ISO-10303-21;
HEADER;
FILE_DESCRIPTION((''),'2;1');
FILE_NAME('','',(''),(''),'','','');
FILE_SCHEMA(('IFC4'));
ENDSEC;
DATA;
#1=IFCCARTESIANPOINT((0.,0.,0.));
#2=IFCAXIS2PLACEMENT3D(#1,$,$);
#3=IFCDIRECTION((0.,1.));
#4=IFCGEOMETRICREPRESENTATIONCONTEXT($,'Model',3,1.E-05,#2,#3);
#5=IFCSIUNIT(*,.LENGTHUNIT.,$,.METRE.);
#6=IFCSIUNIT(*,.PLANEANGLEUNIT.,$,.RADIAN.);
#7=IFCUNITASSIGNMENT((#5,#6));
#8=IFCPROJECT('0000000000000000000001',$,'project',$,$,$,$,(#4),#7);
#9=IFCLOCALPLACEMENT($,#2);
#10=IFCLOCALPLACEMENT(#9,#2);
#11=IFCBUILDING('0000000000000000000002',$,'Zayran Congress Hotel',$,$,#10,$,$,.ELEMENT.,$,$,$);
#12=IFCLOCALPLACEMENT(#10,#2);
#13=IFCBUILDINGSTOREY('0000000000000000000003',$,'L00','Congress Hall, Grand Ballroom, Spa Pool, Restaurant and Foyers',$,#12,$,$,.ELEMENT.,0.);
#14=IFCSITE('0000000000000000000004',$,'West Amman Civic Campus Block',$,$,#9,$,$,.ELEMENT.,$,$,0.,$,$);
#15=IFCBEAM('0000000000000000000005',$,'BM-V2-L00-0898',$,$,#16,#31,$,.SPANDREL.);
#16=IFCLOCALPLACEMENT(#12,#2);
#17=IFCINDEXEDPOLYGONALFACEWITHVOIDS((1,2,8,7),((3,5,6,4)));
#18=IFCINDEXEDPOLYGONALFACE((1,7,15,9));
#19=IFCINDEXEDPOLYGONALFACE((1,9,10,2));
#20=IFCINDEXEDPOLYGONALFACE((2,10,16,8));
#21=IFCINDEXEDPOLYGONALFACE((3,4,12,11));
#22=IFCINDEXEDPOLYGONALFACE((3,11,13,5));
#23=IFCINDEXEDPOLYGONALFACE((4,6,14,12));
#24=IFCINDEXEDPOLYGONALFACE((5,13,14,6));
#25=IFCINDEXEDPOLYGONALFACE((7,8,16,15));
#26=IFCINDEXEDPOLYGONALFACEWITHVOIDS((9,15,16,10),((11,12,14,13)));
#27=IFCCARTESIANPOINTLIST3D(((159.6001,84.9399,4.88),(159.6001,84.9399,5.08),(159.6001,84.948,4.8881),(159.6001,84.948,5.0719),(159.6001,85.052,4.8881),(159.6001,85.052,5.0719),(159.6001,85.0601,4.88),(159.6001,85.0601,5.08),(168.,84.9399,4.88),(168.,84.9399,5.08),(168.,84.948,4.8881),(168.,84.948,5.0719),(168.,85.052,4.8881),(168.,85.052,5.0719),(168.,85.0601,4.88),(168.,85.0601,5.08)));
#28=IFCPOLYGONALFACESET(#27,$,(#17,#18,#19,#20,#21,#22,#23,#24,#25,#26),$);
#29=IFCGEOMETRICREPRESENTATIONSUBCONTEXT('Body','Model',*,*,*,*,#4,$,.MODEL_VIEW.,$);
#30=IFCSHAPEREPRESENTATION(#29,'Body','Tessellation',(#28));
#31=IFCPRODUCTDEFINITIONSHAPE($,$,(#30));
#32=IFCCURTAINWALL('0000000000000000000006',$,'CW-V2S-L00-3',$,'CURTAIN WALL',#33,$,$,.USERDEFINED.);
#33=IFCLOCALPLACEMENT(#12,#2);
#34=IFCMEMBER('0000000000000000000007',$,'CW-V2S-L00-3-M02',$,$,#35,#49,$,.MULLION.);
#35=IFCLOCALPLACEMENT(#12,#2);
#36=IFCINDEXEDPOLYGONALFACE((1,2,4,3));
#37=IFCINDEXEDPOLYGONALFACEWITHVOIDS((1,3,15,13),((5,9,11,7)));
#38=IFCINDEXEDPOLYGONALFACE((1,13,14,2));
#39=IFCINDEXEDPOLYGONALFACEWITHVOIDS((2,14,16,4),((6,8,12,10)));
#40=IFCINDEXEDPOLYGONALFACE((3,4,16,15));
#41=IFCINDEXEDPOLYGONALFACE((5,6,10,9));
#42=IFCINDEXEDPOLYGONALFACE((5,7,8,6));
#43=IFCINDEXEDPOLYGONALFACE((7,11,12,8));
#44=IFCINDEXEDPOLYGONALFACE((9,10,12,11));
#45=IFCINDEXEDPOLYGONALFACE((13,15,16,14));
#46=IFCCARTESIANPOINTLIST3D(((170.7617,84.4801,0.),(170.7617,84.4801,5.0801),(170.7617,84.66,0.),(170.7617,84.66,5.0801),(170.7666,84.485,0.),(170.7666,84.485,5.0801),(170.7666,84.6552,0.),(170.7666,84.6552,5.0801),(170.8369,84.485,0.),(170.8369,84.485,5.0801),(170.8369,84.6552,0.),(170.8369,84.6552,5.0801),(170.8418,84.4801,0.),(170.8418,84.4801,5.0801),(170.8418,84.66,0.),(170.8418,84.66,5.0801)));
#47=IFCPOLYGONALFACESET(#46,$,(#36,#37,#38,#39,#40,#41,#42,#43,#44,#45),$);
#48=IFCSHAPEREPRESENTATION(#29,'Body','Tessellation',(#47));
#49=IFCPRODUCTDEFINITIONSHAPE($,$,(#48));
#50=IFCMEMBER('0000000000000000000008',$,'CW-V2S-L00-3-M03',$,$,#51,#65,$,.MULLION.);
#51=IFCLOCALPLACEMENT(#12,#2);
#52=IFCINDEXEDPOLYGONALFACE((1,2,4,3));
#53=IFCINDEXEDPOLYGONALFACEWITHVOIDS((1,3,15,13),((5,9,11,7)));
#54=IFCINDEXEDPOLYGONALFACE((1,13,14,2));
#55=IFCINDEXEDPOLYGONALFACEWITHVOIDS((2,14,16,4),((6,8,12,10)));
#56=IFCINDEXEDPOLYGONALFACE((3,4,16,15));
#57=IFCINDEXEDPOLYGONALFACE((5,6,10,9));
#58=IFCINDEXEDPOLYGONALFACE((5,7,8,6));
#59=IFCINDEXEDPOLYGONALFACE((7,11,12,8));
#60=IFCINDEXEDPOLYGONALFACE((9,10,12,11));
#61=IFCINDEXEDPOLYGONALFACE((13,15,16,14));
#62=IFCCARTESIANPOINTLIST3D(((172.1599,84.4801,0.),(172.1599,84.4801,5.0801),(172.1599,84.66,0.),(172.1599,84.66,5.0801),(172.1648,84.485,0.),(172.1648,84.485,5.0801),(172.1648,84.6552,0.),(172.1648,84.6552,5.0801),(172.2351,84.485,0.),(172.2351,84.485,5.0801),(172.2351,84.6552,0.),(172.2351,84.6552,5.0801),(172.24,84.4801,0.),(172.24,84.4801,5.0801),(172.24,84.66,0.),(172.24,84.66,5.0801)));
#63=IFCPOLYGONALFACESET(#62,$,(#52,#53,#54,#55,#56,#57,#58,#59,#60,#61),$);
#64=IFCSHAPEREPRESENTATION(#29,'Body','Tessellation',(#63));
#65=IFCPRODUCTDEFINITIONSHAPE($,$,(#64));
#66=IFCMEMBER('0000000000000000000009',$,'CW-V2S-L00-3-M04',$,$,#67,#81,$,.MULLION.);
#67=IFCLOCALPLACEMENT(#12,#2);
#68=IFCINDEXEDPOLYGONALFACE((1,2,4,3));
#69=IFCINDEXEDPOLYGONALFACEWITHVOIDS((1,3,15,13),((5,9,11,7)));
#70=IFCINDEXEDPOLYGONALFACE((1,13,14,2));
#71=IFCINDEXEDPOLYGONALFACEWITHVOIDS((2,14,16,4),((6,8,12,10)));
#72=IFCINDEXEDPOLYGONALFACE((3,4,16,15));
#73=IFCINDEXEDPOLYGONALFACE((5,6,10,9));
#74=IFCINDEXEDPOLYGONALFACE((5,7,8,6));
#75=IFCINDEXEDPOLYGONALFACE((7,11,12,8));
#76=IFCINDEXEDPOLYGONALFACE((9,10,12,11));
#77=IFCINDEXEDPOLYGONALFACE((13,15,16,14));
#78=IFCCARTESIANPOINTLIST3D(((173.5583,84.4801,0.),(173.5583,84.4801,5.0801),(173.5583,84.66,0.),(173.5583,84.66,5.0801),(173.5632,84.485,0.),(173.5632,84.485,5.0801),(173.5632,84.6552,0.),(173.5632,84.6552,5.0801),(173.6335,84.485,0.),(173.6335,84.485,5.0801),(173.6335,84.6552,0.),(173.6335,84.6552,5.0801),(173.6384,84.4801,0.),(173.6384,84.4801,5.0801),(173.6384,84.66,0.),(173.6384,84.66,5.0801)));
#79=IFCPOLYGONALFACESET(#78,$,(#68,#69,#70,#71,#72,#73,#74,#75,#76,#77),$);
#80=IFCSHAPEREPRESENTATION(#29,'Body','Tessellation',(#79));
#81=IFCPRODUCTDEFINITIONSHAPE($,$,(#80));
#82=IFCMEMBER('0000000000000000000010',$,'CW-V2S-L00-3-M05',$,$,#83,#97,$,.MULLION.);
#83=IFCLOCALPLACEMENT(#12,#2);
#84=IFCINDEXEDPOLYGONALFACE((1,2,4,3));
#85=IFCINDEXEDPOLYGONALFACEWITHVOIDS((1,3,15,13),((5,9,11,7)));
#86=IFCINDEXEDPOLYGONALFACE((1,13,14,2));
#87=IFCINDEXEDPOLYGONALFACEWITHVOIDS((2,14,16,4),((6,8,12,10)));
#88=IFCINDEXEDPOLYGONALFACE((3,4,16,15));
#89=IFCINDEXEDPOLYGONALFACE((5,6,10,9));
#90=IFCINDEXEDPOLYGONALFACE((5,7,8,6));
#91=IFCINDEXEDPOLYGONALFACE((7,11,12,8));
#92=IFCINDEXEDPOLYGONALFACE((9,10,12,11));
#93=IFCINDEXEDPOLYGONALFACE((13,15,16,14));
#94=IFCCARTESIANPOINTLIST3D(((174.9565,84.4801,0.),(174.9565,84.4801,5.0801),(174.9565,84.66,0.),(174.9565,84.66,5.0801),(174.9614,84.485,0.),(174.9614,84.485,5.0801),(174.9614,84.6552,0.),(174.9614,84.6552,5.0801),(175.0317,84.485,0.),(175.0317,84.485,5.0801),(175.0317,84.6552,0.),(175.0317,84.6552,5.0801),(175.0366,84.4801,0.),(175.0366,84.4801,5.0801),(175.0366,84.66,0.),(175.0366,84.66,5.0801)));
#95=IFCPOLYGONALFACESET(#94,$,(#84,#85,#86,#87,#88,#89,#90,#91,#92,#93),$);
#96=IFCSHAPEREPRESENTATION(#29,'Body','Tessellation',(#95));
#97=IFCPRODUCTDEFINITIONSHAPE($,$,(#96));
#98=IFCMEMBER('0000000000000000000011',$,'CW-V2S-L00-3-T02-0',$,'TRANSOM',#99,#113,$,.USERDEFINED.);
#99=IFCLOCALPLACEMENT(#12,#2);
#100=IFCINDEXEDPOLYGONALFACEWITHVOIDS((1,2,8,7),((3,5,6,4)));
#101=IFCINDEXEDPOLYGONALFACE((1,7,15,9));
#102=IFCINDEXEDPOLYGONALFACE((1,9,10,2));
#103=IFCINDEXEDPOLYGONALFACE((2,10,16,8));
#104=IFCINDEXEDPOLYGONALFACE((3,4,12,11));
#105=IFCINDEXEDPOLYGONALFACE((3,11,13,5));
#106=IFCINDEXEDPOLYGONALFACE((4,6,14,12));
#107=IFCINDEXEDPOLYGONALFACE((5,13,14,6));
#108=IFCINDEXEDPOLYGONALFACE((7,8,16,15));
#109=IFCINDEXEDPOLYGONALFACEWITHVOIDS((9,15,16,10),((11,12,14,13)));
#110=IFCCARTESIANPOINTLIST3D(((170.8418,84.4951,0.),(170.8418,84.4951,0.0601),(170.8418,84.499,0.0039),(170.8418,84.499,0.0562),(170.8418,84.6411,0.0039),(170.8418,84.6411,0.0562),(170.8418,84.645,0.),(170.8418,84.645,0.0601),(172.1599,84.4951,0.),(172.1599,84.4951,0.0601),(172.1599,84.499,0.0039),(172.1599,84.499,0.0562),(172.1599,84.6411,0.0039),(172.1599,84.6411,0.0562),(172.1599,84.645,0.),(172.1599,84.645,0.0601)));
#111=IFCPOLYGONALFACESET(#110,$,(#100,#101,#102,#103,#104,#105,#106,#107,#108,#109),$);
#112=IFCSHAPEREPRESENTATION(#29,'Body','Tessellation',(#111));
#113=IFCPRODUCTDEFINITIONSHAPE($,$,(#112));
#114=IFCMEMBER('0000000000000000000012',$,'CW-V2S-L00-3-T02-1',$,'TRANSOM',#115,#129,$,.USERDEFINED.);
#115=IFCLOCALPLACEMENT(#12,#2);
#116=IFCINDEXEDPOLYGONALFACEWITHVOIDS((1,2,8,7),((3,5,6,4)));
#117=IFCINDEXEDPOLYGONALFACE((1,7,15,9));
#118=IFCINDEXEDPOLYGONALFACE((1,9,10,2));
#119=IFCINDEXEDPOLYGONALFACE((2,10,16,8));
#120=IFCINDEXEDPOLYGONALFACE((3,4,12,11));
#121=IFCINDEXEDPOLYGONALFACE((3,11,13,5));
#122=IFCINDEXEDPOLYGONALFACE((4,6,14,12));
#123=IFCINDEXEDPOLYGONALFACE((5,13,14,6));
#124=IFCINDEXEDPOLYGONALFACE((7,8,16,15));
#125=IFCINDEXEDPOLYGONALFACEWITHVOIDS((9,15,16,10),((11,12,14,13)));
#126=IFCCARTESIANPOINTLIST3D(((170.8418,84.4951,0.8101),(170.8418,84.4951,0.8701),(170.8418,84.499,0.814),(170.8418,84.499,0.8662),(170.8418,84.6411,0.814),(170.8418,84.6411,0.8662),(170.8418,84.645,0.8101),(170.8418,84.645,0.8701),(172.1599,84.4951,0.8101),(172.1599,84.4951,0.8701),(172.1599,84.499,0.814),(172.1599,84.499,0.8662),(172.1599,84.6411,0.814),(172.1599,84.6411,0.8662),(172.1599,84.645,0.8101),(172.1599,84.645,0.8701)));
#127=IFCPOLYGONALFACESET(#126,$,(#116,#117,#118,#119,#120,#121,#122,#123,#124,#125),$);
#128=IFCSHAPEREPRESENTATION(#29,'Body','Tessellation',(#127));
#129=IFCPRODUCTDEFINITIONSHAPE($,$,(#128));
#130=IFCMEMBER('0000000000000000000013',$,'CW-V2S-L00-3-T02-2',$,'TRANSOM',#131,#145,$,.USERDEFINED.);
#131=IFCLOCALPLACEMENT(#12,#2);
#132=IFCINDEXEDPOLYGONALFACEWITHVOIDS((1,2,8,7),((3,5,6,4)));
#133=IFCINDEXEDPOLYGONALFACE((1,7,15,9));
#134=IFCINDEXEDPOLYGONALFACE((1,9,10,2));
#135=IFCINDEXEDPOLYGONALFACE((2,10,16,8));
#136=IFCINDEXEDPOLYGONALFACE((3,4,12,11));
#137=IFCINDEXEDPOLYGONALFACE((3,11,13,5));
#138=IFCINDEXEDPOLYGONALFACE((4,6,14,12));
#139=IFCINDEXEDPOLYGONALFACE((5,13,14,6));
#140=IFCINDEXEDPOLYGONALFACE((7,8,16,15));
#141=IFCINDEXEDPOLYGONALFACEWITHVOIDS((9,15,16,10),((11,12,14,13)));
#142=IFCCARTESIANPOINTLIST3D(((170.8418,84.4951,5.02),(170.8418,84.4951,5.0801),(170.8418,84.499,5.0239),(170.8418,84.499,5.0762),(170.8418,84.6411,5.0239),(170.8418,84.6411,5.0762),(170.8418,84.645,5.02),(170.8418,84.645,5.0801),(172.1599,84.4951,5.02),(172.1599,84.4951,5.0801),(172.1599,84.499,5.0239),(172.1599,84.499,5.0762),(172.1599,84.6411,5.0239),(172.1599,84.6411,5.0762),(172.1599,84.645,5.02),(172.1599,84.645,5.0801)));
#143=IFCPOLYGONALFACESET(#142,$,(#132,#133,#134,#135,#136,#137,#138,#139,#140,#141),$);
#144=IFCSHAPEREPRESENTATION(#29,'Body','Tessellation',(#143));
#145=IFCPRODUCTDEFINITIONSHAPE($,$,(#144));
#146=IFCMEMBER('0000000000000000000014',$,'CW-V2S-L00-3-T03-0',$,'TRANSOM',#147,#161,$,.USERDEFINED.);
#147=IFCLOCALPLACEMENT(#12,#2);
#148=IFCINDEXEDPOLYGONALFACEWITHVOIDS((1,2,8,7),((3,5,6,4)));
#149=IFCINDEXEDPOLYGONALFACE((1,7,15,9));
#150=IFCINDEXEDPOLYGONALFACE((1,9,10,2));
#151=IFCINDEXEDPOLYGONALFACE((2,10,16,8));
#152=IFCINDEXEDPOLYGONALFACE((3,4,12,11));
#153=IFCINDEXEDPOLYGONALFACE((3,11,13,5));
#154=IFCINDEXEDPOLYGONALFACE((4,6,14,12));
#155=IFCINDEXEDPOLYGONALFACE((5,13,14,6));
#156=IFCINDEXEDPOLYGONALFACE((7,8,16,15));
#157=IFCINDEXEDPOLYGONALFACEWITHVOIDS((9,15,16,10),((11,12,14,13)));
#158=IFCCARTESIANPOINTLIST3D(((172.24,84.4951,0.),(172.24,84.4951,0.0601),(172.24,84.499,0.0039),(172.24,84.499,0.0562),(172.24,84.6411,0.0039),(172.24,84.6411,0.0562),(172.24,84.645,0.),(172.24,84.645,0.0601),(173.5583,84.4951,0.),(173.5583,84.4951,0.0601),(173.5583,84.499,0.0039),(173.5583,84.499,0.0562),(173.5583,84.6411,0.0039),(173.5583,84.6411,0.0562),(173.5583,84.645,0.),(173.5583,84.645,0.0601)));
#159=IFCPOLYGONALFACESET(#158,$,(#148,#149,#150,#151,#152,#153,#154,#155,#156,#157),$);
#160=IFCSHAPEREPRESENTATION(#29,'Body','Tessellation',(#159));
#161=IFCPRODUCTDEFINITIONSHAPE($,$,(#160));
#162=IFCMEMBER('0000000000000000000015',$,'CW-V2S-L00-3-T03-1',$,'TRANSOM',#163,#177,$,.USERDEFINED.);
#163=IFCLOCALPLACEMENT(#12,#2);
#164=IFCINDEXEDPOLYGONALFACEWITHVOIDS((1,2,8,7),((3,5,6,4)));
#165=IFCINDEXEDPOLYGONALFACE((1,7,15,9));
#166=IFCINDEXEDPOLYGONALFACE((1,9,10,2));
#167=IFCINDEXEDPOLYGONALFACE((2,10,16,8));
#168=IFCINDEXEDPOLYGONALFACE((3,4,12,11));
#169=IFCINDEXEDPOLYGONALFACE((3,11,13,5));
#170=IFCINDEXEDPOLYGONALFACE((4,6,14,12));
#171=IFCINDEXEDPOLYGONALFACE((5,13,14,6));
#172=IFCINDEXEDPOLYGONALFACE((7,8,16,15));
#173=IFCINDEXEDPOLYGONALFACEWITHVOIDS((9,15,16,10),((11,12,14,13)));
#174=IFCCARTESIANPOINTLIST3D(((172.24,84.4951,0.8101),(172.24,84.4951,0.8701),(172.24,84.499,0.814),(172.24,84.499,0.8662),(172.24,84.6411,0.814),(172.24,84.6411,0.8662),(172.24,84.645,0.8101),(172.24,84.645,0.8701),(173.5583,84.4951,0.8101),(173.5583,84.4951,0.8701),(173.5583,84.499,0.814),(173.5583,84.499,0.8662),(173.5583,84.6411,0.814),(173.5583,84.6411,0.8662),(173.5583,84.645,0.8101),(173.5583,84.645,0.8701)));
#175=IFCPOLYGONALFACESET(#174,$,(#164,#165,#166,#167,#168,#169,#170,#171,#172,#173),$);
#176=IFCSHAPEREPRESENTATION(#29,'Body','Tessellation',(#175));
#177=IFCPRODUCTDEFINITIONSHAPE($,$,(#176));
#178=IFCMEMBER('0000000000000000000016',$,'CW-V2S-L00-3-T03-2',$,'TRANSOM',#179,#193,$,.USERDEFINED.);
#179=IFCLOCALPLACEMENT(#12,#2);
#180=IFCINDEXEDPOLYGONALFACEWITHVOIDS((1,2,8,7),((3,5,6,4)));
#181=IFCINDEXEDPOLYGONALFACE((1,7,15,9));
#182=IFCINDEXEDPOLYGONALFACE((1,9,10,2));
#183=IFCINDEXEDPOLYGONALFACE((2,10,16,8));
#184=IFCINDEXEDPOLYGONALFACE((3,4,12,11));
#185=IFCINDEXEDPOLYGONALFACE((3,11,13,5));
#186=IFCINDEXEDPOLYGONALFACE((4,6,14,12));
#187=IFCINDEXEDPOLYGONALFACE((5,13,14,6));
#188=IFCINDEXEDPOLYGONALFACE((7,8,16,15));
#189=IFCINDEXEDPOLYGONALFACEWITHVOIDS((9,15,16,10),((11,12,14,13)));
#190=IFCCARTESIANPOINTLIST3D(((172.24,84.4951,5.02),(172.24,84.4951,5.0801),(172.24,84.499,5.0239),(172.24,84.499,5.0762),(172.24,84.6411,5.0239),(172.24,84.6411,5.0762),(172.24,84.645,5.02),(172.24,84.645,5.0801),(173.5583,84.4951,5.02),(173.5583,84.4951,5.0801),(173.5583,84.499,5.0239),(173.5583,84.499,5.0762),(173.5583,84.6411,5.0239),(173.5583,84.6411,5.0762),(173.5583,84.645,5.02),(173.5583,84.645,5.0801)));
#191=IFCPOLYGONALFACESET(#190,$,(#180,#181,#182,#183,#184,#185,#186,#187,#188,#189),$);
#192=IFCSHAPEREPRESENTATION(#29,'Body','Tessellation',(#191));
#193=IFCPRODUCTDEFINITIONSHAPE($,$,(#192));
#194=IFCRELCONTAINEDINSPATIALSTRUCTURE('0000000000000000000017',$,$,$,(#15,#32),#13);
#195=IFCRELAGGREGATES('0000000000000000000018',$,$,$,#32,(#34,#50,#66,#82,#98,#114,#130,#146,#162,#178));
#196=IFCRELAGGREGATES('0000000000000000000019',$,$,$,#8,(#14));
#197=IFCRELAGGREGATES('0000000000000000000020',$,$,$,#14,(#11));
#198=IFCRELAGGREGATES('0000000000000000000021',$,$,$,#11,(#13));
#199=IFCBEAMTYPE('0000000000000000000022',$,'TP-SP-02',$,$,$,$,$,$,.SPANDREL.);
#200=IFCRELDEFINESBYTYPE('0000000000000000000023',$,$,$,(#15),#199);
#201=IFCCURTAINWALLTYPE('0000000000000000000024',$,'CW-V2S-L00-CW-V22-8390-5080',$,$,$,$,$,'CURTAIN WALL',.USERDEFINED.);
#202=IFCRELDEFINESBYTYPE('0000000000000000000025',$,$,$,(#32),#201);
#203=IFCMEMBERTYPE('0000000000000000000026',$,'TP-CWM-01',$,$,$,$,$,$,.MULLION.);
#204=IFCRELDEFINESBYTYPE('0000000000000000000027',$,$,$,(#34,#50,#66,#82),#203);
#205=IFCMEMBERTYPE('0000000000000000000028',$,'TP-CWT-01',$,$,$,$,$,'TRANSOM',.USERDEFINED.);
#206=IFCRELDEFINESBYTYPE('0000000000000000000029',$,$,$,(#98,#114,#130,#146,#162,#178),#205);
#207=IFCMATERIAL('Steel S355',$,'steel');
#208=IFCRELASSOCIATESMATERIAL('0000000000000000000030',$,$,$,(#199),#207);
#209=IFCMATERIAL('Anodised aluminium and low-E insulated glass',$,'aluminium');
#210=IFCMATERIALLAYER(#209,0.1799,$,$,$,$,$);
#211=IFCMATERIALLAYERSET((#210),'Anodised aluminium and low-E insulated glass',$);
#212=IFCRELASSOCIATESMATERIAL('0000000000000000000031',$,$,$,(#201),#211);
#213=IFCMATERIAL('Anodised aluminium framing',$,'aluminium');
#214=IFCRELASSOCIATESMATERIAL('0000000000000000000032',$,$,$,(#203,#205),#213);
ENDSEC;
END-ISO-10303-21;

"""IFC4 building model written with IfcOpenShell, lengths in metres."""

from ifc_helpers import new_model, si_unit, direction, frame, origin, origin_2d, place, context, subcontext, project, spatial, hollow_rectangle, extrude, material, layer, layer_set, material_profile, profile_set, type_object, element, aggregate, save


model = new_model("IFC4")

# Units and contexts
model_context = context("Model", 3, precision=1e-05, world=origin(), true_north=direction((0.0, 1.0)))
body_context = subcontext(model_context, "Body", "Model", "MODEL_VIEW")
ifc_project = project(units=[si_unit("LENGTHUNIT", "METRE"), si_unit("PLANEANGLEUNIT", "RADIAN")], contexts=[model_context])

# Site, building, storey
site_placement = place(None, origin())
site = spatial("IfcSite", under=ifc_project, at=site_placement, Name="West Amman Civic Campus Block", CompositionType="ELEMENT", RefElevation=0.0)
building_placement = place(site_placement, origin())
building = spatial("IfcBuilding", under=site, at=building_placement, Name="Zayran Congress Hotel", CompositionType="ELEMENT")
storey_placement = place(building_placement, origin())
storey = spatial("IfcBuildingStorey", under=building, at=storey_placement, Name="L00", Description="Congress Hall, Grand Ballroom, Spa Pool, Restaurant and Foyers", CompositionType="ELEMENT", Elevation=0.0)

# Beam
ifc_material_1 = material(Name="Steel S355", Category="steel")
ifc_material_profile_1 = material_profile(ifc_material_1, hollow_rectangle(XDim=0.1201, YDim=0.2, WallThickness=0.0081, at=origin_2d()), Name="RHS 200x120x8")
ifc_profile_set_1 = profile_set([ifc_material_profile_1], Name="Steel S355")
beam_type = type_object("IfcBeamType", Name="TP-SP-02", PredefinedType="SPANDREL", material=ifc_profile_set_1)
beam_placement = place(storey_placement, frame((159.6001, 85.0, 4.98), z_axis=(1.0, 0.0, 0.0), x_axis=(0.0, 1.0, 0.0)))
element("IfcBeam", 1, at=beam_placement, inside=storey, type_object=beam_type, Name="BM-V2-L00-0898", PredefinedType="SPANDREL", context=body_context, shape_type="SweptSolid", body=[
    extrude(hollow_rectangle(XDim=0.1201, YDim=0.2, WallThickness=0.0081, at=origin_2d()), origin(), (0.0, 0.0, 1.0), 8.3999),
])

# Curtain wall, members
ifc_material_2 = material(Name="Anodised aluminium and low-E insulated glass", Category="aluminium")
ifc_layer_1 = layer(ifc_material_2, 0.1799)
ifc_layer_set_1 = layer_set([ifc_layer_1], Name="Anodised aluminium and low-E insulated glass")
curtain_wall_type = type_object("IfcCurtainWallType", Name="CW-V2S-L00-CW-V22-8390-5080", ElementType="CURTAIN WALL", PredefinedType="USERDEFINED", material=ifc_layer_set_1)
curtain_wall_placement = place(storey_placement, origin())
curtain_wall = element("IfcCurtainWall", 2, at=curtain_wall_placement, inside=storey, type_object=curtain_wall_type, Name="CW-V2S-L00-3", ObjectType="CURTAIN WALL", PredefinedType="USERDEFINED")
ifc_material_3 = material(Name="Anodised aluminium framing", Category="aluminium")
ifc_material_profile_2 = material_profile(ifc_material_3, hollow_rectangle(XDim=0.0801, YDim=0.1799, WallThickness=0.0049, at=origin_2d()), Name="RHS 180x80x5")
ifc_profile_set_2 = profile_set([ifc_material_profile_2], Name="Anodised aluminium framing")
member_type_1 = type_object("IfcMemberType", Name="TP-CWM-01", PredefinedType="MULLION", material=ifc_profile_set_2)
member_1_placement = place(storey_placement, frame((170.8018, 84.5701, 0.0), z_axis=(0.0, 0.0, 1.0), x_axis=(1.0, 0.0, 0.0)))
member_1 = element("IfcMember", 3, at=member_1_placement, type_object=member_type_1, Name="CW-V2S-L00-3-M02", PredefinedType="MULLION", context=body_context, shape_type="SweptSolid", body=[
    extrude(hollow_rectangle(XDim=0.0801, YDim=0.1799, WallThickness=0.0049, at=origin_2d()), origin(), (0.0, 0.0, 1.0), 5.0801),
])
member_2_placement = place(storey_placement, frame((172.2, 84.5701, 0.0), z_axis=(0.0, 0.0, 1.0), x_axis=(1.0, 0.0, 0.0)))
member_2 = element("IfcMember", 4, at=member_2_placement, type_object=member_type_1, Name="CW-V2S-L00-3-M03", PredefinedType="MULLION", context=body_context, shape_type="SweptSolid", body=[
    extrude(hollow_rectangle(XDim=0.0801, YDim=0.1799, WallThickness=0.0049, at=origin_2d()), origin(), (0.0, 0.0, 1.0), 5.0801),
])
member_3_placement = place(storey_placement, frame((173.5984, 84.5701, 0.0), z_axis=(0.0, 0.0, 1.0), x_axis=(1.0, 0.0, 0.0)))
member_3 = element("IfcMember", 5, at=member_3_placement, type_object=member_type_1, Name="CW-V2S-L00-3-M04", PredefinedType="MULLION", context=body_context, shape_type="SweptSolid", body=[
    extrude(hollow_rectangle(XDim=0.0801, YDim=0.1799, WallThickness=0.0049, at=origin_2d()), origin(), (0.0, 0.0, 1.0), 5.0801),
])
member_4_placement = place(storey_placement, frame((174.9966, 84.5701, 0.0), z_axis=(0.0, 0.0, 1.0), x_axis=(1.0, 0.0, 0.0)))
member_4 = element("IfcMember", 6, at=member_4_placement, type_object=member_type_1, Name="CW-V2S-L00-3-M05", PredefinedType="MULLION", context=body_context, shape_type="SweptSolid", body=[
    extrude(hollow_rectangle(XDim=0.0801, YDim=0.1799, WallThickness=0.0049, at=origin_2d()), origin(), (0.0, 0.0, 1.0), 5.0801),
])
ifc_material_profile_3 = material_profile(ifc_material_3, hollow_rectangle(XDim=0.0601, YDim=0.1499, WallThickness=0.0039, at=origin_2d()), Name="RHS 150x60x4")
ifc_profile_set_3 = profile_set([ifc_material_profile_3], Name="Anodised aluminium framing")
member_type_2 = type_object("IfcMemberType", Name="TP-CWT-01", ElementType="TRANSOM", PredefinedType="USERDEFINED", material=ifc_profile_set_3)
member_5_placement = place(storey_placement, frame((170.8418, 84.5701, 0.03), z_axis=(1.0, 0.0, 0.0), x_axis=(0.0, 0.0, 1.0)))
member_5 = element("IfcMember", 7, at=member_5_placement, type_object=member_type_2, Name="CW-V2S-L00-3-T02-0", ObjectType="TRANSOM", PredefinedType="USERDEFINED", context=body_context, shape_type="SweptSolid", body=[
    extrude(hollow_rectangle(XDim=0.0601, YDim=0.1499, WallThickness=0.0039, at=origin_2d()), origin(), (0.0, 0.0, 1.0), 1.3181),
])
member_6_placement = place(storey_placement, frame((170.8418, 84.5701, 0.8401), z_axis=(1.0, 0.0, 0.0), x_axis=(0.0, 0.0, 1.0)))
member_6 = element("IfcMember", 8, at=member_6_placement, type_object=member_type_2, Name="CW-V2S-L00-3-T02-1", ObjectType="TRANSOM", PredefinedType="USERDEFINED", context=body_context, shape_type="SweptSolid", body=[
    extrude(hollow_rectangle(XDim=0.0601, YDim=0.1499, WallThickness=0.0039, at=origin_2d()), origin(), (0.0, 0.0, 1.0), 1.3181),
])
member_7_placement = place(storey_placement, frame((170.8418, 84.5701, 5.05), z_axis=(1.0, 0.0, 0.0), x_axis=(0.0, 0.0, 1.0)))
member_7 = element("IfcMember", 9, at=member_7_placement, type_object=member_type_2, Name="CW-V2S-L00-3-T02-2", ObjectType="TRANSOM", PredefinedType="USERDEFINED", context=body_context, shape_type="SweptSolid", body=[
    extrude(hollow_rectangle(XDim=0.0601, YDim=0.1499, WallThickness=0.0039, at=origin_2d()), origin(), (0.0, 0.0, 1.0), 1.3181),
])
member_8_placement = place(storey_placement, frame((172.24, 84.5701, 0.03), z_axis=(1.0, 0.0, 0.0), x_axis=(0.0, 0.0, 1.0)))
member_8 = element("IfcMember", 10, at=member_8_placement, type_object=member_type_2, Name="CW-V2S-L00-3-T03-0", ObjectType="TRANSOM", PredefinedType="USERDEFINED", context=body_context, shape_type="SweptSolid", body=[
    extrude(hollow_rectangle(XDim=0.0601, YDim=0.1499, WallThickness=0.0039, at=origin_2d()), origin(), (0.0, 0.0, 1.0), 1.3184),
])
member_9_placement = place(storey_placement, frame((172.24, 84.5701, 0.8401), z_axis=(1.0, 0.0, 0.0), x_axis=(0.0, 0.0, 1.0)))
member_9 = element("IfcMember", 11, at=member_9_placement, type_object=member_type_2, Name="CW-V2S-L00-3-T03-1", ObjectType="TRANSOM", PredefinedType="USERDEFINED", context=body_context, shape_type="SweptSolid", body=[
    extrude(hollow_rectangle(XDim=0.0601, YDim=0.1499, WallThickness=0.0039, at=origin_2d()), origin(), (0.0, 0.0, 1.0), 1.3184),
])
member_10_placement = place(storey_placement, frame((172.24, 84.5701, 5.05), z_axis=(1.0, 0.0, 0.0), x_axis=(0.0, 0.0, 1.0)))
member_10 = element("IfcMember", 12, at=member_10_placement, type_object=member_type_2, Name="CW-V2S-L00-3-T03-2", ObjectType="TRANSOM", PredefinedType="USERDEFINED", context=body_context, shape_type="SweptSolid", body=[
    extrude(hollow_rectangle(XDim=0.0601, YDim=0.1499, WallThickness=0.0039, at=origin_2d()), origin(), (0.0, 0.0, 1.0), 1.3184),
])
aggregate(curtain_wall, [member_1, member_2, member_3, member_4, member_5, member_6, member_7, member_8, member_9, member_10])

save(model, "model.ifc")
